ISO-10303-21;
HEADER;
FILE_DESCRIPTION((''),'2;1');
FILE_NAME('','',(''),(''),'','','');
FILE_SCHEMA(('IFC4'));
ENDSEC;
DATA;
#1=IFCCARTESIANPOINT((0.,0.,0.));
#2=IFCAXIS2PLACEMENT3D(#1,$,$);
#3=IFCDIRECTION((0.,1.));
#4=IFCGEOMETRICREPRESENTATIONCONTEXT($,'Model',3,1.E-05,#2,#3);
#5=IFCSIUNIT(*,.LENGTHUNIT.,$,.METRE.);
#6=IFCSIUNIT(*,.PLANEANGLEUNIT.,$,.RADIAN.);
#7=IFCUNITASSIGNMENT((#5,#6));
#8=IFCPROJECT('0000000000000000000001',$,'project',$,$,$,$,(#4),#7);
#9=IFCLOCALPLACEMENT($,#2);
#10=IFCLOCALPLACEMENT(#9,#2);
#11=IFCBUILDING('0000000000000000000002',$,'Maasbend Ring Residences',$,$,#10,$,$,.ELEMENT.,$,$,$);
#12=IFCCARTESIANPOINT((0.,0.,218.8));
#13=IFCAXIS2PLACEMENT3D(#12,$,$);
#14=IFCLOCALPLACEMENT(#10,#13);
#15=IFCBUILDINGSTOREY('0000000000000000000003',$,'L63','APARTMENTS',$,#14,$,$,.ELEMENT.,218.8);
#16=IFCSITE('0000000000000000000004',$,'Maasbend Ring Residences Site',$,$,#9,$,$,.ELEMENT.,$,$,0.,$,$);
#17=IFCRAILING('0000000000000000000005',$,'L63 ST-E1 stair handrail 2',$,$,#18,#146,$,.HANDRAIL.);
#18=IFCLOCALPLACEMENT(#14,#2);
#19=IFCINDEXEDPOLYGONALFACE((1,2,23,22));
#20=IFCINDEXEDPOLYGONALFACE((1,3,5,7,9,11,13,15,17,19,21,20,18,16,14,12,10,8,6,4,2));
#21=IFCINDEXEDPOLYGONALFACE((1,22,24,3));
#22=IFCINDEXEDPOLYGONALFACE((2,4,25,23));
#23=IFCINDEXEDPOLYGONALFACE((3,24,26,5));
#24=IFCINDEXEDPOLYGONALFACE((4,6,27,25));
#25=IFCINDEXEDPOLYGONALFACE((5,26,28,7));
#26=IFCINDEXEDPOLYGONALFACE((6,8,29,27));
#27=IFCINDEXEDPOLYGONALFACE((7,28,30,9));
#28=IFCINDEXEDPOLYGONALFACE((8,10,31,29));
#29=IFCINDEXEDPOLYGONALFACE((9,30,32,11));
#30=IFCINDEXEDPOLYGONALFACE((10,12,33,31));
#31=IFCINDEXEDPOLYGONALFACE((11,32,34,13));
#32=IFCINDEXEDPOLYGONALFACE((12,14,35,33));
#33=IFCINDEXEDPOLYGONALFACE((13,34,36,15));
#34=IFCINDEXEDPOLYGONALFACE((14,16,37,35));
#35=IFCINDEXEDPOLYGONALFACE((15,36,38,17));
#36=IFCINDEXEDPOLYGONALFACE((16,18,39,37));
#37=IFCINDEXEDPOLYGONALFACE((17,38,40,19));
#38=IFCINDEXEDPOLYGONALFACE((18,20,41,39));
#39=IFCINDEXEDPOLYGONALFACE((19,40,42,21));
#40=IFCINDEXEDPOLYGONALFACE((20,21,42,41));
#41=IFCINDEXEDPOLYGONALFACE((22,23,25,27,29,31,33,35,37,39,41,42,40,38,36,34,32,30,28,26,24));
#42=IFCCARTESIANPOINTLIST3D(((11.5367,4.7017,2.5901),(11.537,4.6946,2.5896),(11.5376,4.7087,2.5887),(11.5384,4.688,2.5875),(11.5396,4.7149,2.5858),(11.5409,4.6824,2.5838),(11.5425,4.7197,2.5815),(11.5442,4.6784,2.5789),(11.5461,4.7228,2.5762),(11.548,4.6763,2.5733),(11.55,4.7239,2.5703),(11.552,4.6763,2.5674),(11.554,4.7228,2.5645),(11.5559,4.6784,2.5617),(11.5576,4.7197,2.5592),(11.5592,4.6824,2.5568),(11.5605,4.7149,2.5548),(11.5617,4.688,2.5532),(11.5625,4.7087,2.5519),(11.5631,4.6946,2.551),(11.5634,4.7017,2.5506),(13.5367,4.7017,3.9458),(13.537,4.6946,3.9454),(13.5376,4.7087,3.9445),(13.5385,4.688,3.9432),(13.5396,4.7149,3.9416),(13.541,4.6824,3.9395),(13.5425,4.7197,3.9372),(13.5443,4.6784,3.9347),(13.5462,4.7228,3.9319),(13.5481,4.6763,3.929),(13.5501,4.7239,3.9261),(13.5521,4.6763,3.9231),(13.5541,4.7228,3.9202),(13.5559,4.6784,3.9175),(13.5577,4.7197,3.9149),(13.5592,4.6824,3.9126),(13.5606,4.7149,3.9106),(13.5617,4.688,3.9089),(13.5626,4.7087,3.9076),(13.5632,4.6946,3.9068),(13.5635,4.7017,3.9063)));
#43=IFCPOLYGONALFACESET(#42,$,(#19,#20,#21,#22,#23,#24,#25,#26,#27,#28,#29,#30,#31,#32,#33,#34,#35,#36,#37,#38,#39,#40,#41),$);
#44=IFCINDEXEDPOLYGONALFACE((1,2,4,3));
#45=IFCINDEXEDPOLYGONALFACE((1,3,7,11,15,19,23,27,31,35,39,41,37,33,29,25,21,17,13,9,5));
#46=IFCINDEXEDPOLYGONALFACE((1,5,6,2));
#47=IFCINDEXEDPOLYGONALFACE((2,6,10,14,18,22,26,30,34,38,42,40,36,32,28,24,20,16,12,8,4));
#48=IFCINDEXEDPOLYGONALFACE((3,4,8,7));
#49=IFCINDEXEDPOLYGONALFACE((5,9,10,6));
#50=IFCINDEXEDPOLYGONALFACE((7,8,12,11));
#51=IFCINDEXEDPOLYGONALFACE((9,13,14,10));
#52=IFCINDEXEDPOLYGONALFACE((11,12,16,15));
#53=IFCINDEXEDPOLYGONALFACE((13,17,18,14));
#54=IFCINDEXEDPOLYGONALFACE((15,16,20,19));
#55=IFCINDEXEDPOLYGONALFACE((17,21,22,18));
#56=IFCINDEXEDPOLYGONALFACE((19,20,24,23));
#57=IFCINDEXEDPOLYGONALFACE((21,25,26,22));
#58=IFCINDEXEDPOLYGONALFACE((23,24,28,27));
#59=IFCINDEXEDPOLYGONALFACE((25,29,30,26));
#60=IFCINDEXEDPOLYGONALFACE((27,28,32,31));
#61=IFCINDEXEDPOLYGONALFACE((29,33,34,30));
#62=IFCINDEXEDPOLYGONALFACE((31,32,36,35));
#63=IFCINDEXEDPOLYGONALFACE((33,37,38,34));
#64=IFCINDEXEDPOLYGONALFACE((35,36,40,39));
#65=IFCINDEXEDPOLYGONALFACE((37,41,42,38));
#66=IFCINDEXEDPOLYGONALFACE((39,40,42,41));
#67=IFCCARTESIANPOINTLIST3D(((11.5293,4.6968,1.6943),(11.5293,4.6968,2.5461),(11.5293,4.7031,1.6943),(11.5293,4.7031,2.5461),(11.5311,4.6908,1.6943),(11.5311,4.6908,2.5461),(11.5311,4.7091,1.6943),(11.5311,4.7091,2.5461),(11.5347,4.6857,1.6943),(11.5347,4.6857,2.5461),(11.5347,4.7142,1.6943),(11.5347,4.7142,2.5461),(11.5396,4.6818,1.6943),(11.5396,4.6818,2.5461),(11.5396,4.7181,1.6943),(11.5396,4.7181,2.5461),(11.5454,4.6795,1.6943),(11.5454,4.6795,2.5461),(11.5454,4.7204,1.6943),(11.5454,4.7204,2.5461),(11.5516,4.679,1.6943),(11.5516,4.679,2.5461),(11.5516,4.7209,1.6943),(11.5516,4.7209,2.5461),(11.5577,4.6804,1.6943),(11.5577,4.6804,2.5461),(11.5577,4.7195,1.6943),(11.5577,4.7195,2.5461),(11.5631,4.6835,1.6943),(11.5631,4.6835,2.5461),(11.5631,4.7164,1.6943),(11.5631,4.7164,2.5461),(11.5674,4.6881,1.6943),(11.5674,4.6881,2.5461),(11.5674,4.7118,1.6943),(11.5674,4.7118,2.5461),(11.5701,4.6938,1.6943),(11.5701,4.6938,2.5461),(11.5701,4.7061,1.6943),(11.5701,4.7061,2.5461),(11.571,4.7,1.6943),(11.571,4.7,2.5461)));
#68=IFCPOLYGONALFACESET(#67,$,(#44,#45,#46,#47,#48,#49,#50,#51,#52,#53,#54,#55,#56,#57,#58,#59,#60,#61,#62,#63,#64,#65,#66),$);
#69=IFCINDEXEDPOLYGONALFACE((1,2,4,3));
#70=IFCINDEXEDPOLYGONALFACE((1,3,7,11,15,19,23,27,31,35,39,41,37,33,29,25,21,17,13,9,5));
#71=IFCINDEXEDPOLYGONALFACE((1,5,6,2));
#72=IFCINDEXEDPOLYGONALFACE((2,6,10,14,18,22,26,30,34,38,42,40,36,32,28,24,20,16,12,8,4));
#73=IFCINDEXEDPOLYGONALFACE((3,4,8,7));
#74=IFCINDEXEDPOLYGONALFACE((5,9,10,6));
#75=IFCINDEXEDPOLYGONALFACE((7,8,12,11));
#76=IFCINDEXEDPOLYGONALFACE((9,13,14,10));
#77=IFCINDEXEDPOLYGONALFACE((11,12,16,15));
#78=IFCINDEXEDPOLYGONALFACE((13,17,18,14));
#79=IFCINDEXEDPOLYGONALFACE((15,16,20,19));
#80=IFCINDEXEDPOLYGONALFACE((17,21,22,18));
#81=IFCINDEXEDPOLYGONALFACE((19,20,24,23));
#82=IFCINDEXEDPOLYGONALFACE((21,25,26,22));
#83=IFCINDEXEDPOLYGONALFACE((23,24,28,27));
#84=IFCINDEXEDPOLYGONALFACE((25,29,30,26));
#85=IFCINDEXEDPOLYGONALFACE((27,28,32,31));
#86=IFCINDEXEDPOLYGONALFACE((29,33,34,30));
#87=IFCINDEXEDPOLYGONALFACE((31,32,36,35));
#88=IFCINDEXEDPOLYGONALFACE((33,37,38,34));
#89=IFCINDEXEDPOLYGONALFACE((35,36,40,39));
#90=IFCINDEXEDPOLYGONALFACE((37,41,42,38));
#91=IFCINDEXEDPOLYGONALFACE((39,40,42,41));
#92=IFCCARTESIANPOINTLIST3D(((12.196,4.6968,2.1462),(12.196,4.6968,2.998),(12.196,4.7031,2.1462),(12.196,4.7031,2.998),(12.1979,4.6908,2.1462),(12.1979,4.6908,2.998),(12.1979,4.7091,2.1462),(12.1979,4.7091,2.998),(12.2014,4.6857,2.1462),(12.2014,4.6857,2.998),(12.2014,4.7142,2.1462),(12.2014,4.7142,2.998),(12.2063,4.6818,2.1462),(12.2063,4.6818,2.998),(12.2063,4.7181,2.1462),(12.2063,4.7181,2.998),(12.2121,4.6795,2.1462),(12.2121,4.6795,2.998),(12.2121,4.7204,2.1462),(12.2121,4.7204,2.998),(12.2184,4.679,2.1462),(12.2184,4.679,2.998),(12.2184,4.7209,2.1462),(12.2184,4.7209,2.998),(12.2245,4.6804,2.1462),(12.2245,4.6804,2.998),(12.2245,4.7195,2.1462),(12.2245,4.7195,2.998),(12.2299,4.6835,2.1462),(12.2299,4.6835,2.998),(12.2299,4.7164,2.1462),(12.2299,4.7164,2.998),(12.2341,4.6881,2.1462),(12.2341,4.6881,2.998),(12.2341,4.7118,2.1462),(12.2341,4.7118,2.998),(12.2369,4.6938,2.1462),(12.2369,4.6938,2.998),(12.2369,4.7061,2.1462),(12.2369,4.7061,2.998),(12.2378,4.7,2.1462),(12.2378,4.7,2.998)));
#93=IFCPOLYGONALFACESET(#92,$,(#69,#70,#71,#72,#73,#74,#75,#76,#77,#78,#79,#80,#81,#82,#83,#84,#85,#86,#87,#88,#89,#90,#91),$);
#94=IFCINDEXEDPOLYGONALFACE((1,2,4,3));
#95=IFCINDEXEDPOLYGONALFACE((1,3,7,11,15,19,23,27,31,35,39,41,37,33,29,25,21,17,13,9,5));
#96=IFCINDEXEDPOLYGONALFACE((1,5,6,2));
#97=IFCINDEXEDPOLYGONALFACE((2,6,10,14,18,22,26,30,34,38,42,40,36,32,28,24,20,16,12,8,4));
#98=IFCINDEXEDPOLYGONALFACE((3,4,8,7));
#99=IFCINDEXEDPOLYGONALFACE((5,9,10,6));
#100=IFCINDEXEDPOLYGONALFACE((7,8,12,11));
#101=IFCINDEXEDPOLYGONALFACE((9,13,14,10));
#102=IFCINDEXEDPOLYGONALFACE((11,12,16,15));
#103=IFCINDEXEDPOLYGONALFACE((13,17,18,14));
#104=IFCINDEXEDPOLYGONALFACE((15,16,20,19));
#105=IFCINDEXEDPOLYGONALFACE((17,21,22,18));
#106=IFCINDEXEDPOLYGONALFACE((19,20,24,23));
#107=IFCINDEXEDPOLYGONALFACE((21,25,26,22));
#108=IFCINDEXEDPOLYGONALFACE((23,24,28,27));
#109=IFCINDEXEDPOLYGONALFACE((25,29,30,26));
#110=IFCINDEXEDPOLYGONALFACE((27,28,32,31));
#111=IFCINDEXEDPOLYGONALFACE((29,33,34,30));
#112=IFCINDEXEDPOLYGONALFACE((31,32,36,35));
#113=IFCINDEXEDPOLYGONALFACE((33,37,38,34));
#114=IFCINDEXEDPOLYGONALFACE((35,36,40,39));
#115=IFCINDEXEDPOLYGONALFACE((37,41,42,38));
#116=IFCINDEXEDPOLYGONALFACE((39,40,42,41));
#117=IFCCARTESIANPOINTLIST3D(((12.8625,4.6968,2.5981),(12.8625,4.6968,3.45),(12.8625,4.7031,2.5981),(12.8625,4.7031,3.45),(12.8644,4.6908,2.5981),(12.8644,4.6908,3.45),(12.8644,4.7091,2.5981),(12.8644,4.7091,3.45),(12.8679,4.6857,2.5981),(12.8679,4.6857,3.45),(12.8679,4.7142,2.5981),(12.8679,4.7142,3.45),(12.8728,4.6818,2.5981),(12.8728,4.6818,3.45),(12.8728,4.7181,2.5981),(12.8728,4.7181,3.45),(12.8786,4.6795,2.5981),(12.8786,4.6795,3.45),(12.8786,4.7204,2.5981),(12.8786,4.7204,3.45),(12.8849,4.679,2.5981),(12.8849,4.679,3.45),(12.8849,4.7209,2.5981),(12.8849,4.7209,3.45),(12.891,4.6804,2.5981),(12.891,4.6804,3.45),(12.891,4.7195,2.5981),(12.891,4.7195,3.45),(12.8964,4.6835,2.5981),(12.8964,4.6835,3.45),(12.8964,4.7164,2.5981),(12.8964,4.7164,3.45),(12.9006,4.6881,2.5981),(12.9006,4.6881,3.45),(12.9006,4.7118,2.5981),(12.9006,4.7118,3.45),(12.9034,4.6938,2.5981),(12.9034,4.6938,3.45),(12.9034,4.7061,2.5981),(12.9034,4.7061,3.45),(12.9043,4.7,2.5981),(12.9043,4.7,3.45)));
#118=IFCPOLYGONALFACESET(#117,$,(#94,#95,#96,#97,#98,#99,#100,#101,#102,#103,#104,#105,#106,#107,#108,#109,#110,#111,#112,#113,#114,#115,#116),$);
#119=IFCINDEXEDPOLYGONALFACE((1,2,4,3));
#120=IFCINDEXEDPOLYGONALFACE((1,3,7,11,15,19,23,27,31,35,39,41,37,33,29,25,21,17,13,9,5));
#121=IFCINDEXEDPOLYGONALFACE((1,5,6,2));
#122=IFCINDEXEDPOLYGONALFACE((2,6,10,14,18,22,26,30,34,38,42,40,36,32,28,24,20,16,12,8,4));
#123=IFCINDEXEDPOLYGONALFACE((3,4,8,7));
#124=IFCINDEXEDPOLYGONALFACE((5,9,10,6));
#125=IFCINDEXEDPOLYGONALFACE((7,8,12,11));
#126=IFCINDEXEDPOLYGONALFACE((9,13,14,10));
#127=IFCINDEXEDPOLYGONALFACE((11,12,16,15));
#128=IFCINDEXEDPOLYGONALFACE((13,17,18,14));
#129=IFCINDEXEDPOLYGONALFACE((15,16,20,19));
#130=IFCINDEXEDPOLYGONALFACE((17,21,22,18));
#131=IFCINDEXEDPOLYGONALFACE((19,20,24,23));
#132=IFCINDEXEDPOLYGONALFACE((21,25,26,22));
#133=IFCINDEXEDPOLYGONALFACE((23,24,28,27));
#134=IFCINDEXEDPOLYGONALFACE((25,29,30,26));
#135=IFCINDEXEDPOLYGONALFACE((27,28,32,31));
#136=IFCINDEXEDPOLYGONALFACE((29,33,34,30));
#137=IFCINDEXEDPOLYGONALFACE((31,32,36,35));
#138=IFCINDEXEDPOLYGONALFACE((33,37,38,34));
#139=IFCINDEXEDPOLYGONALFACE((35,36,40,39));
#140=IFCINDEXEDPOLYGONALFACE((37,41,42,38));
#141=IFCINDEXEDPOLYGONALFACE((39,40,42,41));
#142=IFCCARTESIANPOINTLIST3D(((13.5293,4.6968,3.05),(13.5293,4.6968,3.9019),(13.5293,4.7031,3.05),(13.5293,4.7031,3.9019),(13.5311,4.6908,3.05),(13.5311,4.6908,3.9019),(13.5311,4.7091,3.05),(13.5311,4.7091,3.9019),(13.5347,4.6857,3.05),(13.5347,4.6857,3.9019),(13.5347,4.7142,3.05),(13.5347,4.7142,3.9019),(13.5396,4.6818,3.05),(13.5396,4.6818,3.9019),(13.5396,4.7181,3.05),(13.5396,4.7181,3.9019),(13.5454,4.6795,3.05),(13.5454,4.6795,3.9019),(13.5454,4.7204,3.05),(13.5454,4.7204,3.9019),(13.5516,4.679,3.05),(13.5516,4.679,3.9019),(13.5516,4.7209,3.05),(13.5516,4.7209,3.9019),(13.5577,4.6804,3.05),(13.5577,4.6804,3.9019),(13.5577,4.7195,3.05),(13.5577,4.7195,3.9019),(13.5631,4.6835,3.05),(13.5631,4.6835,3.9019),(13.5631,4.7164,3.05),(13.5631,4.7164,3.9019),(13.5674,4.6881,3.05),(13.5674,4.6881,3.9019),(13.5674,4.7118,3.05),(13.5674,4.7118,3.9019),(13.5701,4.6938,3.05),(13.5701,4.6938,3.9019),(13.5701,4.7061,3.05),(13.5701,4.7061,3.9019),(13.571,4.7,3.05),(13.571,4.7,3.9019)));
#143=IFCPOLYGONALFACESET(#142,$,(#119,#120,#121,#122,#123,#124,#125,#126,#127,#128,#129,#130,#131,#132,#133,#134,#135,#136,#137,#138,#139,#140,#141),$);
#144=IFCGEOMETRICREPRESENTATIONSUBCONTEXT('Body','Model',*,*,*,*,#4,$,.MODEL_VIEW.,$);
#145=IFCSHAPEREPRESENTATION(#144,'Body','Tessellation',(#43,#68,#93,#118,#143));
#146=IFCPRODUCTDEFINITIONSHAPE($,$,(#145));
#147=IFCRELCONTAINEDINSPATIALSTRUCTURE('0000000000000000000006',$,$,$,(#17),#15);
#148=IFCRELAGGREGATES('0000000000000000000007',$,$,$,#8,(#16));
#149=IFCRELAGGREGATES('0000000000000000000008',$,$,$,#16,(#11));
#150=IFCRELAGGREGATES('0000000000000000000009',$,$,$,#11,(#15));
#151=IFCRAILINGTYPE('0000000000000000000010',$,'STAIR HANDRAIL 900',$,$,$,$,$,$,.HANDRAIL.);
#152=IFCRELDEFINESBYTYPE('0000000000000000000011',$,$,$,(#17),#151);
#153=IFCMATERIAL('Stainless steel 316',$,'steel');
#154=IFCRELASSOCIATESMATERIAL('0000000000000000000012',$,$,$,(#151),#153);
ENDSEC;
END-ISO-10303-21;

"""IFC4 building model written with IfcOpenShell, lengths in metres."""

from ifc_helpers import new_model, si_unit, direction, frame, origin, origin_2d, place, context, subcontext, project, spatial, circle, extrude, material, type_object, element, save


model = new_model("IFC4")

# Units and contexts
model_context = context("Model", 3, precision=1e-05, world=origin(), true_north=direction((0.0, 1.0)))
body_context = subcontext(model_context, "Body", "Model", "MODEL_VIEW")
ifc_project = project(units=[si_unit("LENGTHUNIT", "METRE"), si_unit("PLANEANGLEUNIT", "RADIAN")], contexts=[model_context])

# Site, building, storey
site_placement = place(None, origin())
site = spatial("IfcSite", under=ifc_project, at=site_placement, Name="Maasbend Ring Residences Site", CompositionType="ELEMENT", RefElevation=0.0)
building_placement = place(site_placement, origin())
building = spatial("IfcBuilding", under=site, at=building_placement, Name="Maasbend Ring Residences", CompositionType="ELEMENT")
storey_placement = place(building_placement, frame((0.0, 0.0, 218.8)))
storey = spatial("IfcBuildingStorey", under=building, at=storey_placement, Name="L63", Description="APARTMENTS", CompositionType="ELEMENT", Elevation=218.8)

# Railing
ifc_material_1 = material(Name="Stainless steel 316", Category="steel")
railing_type_1 = type_object("IfcRailingType", Name="STAIR HANDRAIL 900", PredefinedType="HANDRAIL", material=ifc_material_1)
railing_1_placement = place(storey_placement, frame((11.55, 4.7, 1.6943)))
element("IfcRailing", 1, at=railing_1_placement, inside=storey, type_object=railing_type_1, Name="L63 ST-E1 stair handrail 2", PredefinedType="HANDRAIL", context=body_context, shape_type="SweptSolid", body=[
    extrude(circle(Radius=0.0239, at=origin_2d()), frame((0.0, 0.0, 0.876), z_axis=(0.827751, 0.0, 0.561096), x_axis=(0.0, 1.0, 0.0)), (0.0, 0.0, 1.0), 2.4163),
    extrude(circle(Radius=0.021, at=origin_2d()), origin(), (0.0, 0.0, 1.0), 0.8518),
    extrude(circle(Radius=0.021, at=origin_2d()), frame((0.6667, 0.0, 0.4519)), (0.0, 0.0, 1.0), 0.8518),
    extrude(circle(Radius=0.021, at=origin_2d()), frame((1.3333, 0.0, 0.9038)), (0.0, 0.0, 1.0), 0.8518),
    extrude(circle(Radius=0.021, at=origin_2d()), frame((2.0, 0.0, 1.3557)), (0.0, 0.0, 1.0), 0.8518),
])

save(model, "model.ifc")
